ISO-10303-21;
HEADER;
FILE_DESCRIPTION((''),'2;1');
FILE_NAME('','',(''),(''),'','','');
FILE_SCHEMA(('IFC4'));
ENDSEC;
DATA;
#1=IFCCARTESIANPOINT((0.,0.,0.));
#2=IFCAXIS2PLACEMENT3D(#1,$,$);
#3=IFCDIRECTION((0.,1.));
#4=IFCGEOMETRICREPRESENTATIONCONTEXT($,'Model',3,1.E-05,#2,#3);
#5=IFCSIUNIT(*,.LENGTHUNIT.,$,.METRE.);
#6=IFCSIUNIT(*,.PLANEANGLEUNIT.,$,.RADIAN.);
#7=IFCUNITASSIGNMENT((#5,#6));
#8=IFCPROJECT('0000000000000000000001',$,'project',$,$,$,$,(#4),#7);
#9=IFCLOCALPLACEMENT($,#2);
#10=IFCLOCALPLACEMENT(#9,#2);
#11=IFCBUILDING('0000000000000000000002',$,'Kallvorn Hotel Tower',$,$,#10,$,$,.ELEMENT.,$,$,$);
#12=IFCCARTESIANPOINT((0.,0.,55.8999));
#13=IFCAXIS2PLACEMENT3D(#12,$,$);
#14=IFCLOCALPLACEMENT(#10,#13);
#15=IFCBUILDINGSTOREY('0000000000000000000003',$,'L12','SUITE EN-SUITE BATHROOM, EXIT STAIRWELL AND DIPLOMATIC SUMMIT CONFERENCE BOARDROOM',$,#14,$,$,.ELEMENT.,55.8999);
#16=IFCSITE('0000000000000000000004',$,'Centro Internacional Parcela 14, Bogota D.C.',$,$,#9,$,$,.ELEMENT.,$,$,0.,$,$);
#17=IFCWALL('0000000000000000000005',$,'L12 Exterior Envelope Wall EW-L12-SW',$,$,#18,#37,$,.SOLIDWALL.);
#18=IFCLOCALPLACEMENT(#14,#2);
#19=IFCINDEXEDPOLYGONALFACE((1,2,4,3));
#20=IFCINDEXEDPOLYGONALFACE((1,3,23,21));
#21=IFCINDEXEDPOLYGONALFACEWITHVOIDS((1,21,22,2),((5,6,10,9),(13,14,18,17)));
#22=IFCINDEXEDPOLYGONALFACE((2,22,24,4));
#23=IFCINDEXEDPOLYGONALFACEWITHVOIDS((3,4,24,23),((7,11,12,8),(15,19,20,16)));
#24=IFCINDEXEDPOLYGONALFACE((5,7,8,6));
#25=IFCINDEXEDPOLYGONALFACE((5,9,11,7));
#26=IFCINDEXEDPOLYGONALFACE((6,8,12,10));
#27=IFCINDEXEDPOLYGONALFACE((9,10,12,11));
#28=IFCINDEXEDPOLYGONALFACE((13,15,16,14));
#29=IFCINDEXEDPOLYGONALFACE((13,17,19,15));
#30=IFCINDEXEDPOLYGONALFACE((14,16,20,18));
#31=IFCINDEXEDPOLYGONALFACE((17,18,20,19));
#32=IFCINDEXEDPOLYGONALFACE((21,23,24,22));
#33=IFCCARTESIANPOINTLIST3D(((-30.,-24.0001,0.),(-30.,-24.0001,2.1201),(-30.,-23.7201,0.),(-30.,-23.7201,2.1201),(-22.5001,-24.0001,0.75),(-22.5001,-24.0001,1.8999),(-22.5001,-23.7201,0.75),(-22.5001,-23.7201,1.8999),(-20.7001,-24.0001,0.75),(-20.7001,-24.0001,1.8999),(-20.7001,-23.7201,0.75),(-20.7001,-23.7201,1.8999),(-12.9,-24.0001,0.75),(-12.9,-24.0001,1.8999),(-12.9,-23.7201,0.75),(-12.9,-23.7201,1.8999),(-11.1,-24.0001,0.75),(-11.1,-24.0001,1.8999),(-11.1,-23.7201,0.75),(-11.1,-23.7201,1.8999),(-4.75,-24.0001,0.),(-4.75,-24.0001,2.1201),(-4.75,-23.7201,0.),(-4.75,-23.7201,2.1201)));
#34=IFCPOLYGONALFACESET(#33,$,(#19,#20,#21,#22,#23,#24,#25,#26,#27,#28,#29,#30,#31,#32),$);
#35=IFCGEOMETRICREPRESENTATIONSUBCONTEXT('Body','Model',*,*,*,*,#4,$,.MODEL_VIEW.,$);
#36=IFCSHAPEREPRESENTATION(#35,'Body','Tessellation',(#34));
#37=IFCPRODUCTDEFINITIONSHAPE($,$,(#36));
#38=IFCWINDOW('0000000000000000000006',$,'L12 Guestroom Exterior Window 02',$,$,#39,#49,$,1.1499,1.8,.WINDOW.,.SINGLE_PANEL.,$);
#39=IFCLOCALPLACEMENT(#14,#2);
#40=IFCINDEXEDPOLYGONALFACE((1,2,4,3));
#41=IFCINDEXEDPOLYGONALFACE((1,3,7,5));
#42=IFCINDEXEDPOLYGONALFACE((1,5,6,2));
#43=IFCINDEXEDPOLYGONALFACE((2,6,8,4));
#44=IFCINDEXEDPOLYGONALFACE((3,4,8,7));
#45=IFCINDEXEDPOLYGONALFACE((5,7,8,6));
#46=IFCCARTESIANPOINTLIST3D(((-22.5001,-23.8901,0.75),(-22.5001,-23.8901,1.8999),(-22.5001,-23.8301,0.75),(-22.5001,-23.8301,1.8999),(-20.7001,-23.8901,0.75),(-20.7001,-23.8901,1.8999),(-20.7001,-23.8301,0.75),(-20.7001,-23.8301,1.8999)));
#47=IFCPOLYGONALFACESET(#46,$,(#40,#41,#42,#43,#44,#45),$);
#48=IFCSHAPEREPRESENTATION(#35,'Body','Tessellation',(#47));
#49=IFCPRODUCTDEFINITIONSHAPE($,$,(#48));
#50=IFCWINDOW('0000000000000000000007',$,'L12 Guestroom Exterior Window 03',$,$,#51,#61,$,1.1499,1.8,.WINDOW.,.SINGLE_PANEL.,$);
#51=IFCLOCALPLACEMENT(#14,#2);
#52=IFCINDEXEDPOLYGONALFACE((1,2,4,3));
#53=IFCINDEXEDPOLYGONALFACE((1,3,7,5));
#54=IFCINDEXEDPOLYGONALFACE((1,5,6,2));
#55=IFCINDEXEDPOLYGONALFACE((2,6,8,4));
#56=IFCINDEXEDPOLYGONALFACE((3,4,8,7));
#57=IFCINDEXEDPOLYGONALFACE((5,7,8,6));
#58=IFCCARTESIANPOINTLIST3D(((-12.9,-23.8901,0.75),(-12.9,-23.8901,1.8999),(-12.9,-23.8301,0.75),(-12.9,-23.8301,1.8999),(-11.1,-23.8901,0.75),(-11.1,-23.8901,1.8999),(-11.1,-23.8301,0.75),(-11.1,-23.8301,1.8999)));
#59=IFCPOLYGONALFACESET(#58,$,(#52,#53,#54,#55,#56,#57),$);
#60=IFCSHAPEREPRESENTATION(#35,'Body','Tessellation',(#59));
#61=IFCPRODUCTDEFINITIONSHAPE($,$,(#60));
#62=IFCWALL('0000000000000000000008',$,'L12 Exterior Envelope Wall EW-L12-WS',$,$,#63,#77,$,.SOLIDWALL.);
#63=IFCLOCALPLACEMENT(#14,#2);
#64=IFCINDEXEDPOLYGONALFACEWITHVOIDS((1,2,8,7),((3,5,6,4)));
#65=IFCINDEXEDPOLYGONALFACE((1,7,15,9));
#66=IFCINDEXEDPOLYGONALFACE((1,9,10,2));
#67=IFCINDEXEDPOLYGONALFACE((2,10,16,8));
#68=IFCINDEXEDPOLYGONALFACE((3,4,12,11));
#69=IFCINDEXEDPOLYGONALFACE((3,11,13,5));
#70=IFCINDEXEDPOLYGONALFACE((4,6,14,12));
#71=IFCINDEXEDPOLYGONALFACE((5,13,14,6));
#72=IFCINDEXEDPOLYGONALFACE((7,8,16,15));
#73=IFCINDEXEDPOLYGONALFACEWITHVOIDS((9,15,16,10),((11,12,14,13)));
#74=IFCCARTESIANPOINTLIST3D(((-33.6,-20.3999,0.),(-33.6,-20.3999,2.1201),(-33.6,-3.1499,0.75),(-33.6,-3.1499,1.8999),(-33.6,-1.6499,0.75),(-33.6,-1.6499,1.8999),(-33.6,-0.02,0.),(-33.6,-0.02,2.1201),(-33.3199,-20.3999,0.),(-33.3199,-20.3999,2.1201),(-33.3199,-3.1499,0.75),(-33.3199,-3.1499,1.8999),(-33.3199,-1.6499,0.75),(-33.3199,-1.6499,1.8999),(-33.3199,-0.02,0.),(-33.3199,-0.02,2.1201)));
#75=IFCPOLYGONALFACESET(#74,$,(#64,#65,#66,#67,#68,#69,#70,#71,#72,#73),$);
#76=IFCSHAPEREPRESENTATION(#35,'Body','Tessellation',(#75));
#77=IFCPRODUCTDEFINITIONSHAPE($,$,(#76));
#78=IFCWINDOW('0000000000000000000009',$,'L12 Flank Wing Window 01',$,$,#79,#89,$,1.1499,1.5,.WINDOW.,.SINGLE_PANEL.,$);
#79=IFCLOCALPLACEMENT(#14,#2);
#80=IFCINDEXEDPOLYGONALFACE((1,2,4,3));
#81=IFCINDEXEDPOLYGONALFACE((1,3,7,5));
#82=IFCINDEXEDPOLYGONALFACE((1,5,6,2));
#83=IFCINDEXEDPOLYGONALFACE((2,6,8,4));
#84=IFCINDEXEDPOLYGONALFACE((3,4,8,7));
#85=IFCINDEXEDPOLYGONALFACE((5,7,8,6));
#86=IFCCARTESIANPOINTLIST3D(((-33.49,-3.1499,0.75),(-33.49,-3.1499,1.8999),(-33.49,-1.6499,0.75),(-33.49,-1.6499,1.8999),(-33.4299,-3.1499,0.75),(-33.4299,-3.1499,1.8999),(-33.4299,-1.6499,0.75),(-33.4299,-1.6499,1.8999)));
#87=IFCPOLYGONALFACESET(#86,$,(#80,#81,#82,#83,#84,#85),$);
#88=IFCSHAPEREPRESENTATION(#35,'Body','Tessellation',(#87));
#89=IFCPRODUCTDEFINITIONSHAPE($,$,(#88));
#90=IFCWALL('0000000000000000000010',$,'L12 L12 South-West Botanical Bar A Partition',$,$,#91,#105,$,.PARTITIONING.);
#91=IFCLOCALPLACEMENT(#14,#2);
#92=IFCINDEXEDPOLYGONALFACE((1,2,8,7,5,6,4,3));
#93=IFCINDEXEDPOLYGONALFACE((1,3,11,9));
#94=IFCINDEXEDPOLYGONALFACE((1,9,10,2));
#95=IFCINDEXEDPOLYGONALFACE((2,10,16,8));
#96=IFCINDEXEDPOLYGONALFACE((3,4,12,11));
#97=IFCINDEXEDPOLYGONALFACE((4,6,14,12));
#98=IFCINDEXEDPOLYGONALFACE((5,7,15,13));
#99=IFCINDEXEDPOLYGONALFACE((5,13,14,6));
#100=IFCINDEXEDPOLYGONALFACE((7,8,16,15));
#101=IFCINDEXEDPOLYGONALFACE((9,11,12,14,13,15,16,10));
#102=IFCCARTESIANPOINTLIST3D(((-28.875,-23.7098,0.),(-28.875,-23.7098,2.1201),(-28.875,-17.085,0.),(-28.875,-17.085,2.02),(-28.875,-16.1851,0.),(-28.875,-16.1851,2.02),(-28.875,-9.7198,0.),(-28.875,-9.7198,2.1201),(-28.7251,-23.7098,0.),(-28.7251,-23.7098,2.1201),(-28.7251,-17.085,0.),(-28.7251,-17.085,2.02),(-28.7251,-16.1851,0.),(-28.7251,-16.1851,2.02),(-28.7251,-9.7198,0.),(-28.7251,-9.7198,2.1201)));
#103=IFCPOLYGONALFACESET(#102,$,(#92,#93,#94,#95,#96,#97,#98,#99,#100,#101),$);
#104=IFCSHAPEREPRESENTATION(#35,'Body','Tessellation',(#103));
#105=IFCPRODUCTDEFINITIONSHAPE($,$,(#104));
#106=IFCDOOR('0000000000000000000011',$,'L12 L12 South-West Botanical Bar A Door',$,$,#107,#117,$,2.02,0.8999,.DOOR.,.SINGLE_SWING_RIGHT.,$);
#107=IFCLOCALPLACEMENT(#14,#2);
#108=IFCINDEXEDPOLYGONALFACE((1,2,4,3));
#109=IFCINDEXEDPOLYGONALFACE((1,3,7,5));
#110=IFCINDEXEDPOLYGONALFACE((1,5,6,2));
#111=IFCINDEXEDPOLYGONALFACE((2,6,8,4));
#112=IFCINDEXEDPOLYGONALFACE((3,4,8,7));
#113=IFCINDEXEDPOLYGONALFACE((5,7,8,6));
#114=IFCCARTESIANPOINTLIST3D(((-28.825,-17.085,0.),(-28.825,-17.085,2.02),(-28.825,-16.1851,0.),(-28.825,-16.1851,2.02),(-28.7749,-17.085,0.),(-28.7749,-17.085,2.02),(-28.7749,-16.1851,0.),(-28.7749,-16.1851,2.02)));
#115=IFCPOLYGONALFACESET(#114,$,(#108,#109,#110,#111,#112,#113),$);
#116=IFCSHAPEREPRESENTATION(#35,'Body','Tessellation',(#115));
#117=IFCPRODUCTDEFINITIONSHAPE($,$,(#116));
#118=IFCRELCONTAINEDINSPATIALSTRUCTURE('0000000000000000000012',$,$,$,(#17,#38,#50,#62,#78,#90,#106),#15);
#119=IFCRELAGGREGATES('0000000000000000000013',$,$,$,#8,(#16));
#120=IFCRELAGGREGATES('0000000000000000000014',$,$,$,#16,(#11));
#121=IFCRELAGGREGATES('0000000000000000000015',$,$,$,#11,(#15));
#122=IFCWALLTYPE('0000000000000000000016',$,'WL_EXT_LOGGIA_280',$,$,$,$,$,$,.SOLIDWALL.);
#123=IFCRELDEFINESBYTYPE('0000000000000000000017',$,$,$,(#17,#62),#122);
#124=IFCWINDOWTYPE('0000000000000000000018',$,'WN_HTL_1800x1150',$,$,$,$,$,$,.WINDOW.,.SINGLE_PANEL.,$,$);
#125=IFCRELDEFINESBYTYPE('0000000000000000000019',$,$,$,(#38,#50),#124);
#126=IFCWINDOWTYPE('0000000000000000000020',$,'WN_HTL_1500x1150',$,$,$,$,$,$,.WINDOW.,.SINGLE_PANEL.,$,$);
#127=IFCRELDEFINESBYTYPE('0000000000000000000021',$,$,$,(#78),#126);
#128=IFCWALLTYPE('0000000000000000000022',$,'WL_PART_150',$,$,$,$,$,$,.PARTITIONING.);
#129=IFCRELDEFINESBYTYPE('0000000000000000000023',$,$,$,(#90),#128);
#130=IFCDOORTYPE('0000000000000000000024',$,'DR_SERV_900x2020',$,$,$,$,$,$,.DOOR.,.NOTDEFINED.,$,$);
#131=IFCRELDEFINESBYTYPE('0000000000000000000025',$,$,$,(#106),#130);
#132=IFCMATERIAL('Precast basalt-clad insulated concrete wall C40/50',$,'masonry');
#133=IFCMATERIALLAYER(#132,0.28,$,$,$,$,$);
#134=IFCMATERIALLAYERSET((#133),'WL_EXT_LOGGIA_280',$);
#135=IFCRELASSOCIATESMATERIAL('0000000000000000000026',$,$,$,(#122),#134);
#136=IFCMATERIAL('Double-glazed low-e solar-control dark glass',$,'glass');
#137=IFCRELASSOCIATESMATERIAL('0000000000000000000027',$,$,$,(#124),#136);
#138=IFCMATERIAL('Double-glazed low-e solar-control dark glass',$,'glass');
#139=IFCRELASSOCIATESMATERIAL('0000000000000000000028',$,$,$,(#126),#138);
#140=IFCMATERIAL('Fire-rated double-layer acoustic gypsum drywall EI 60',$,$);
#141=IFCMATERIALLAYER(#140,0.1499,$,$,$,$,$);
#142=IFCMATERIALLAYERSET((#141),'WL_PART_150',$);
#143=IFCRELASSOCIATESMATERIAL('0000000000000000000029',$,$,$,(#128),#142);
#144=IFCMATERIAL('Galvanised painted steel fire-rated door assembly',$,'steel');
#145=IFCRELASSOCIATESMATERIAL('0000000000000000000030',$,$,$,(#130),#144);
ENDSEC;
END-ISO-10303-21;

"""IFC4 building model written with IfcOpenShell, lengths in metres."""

from ifc_helpers import new_model, si_unit, direction, frame, frame_2d, origin, place, context, subcontext, project, spatial, rectangle, extrude, material, layer, layer_set, type_object, element, fill, save


model = new_model("IFC4")

# Units and contexts
model_context = context("Model", 3, precision=1e-05, world=origin(), true_north=direction((0.0, 1.0)))
body_context = subcontext(model_context, "Body", "Model", "MODEL_VIEW")
ifc_project = project(units=[si_unit("LENGTHUNIT", "METRE"), si_unit("PLANEANGLEUNIT", "RADIAN")], contexts=[model_context])

# Site, building, storey
site_placement = place(None, origin())
site = spatial("IfcSite", under=ifc_project, at=site_placement, Name="Centro Internacional Parcela 14, Bogota D.C.", CompositionType="ELEMENT", RefElevation=0.0)
building_placement = place(site_placement, origin())
building = spatial("IfcBuilding", under=site, at=building_placement, Name="Kallvorn Hotel Tower", CompositionType="ELEMENT")
storey_placement = place(building_placement, frame((0.0, 0.0, 55.8999)))
storey = spatial("IfcBuildingStorey", under=building, at=storey_placement, Name="L12", Description="SUITE EN-SUITE BATHROOM, EXIT STAIRWELL AND DIPLOMATIC SUMMIT CONFERENCE BOARDROOM", CompositionType="ELEMENT", Elevation=55.8999)

# Shared definitions
ifc_material_1 = material(Name="Precast basalt-clad insulated concrete wall C40/50", Category="masonry")
ifc_layer_1 = layer(ifc_material_1, 0.28)
ifc_layer_set_1 = layer_set([ifc_layer_1], Name="WL_EXT_LOGGIA_280")
wall_type_1 = type_object("IfcWallType", Name="WL_EXT_LOGGIA_280", PredefinedType="SOLIDWALL", material=ifc_layer_set_1)

# Wall, openings, windows
wall_1_placement = place(storey_placement, frame((-30.0, -23.8601, 0.0), z_axis=(0.0, 0.0, 1.0), x_axis=(1.0, 0.0, 0.0)))
wall_1 = element("IfcWall", 1, at=wall_1_placement, inside=storey, type_object=wall_type_1, Name="L12 Exterior Envelope Wall EW-L12-SW", PredefinedType="SOLIDWALL", context=body_context, shape_type="SweptSolid", body=[
    extrude(rectangle(XDim=25.25, YDim=0.28, at=frame_2d((12.625, 0.0))), origin(), (0.0, 0.0, 1.0), 2.1201),
])
opening_1_placement = place(wall_1_placement, frame((7.5, 0.0, 0.75)))
opening_1 = element("IfcOpeningElement", 2, at=opening_1_placement, cuts=wall_1, PredefinedType="OPENING", context=body_context, shape_type="SweptSolid", body=[
    extrude(rectangle(XDim=1.8, YDim=1.1499, at=frame_2d((0.8999, 0.575))), frame((0.0, 0.155, 0.0), z_axis=(0.0, -1.0, 0.0), x_axis=(1.0, 0.0, 0.0)), (0.0, 0.0, 1.0), 0.3101),
])
opening_2_placement = place(wall_1_placement, frame((17.1001, 0.0, 0.75)))
opening_2 = element("IfcOpeningElement", 3, at=opening_2_placement, cuts=wall_1, PredefinedType="OPENING", context=body_context, shape_type="SweptSolid", body=[
    extrude(rectangle(XDim=1.8, YDim=1.1499, at=frame_2d((0.8999, 0.575))), frame((0.0, 0.155, 0.0), z_axis=(0.0, -1.0, 0.0), x_axis=(1.0, 0.0, 0.0)), (0.0, 0.0, 1.0), 0.3101),
])
ifc_material_2 = material(Name="Double-glazed low-e solar-control dark glass", Category="glass")
window_type_1 = type_object("IfcWindowType", Name="WN_HTL_1800x1150", PartitioningType="SINGLE_PANEL", PredefinedType="WINDOW", material=ifc_material_2)
window_1_placement = place(opening_1_placement, origin())
window_1 = element("IfcWindow", 4, at=window_1_placement, inside=storey, type_object=window_type_1, Name="L12 Guestroom Exterior Window 02", OverallHeight=1.1499, OverallWidth=1.8, PartitioningType="SINGLE_PANEL", PredefinedType="WINDOW", context=body_context, shape_type="SweptSolid", body=[
    extrude(rectangle(XDim=1.8, YDim=1.1499, at=frame_2d((0.8999, 0.575))), frame((0.0, 0.03, 0.0), z_axis=(0.0, -1.0, 0.0), x_axis=(1.0, 0.0, 0.0)), (0.0, 0.0, 1.0), 0.0601),
])
fill(opening_1, window_1)
window_2_placement = place(opening_2_placement, origin())
window_2 = element("IfcWindow", 5, at=window_2_placement, inside=storey, type_object=window_type_1, Name="L12 Guestroom Exterior Window 03", OverallHeight=1.1499, OverallWidth=1.8, PartitioningType="SINGLE_PANEL", PredefinedType="WINDOW", context=body_context, shape_type="SweptSolid", body=[
    extrude(rectangle(XDim=1.8, YDim=1.1499, at=frame_2d((0.8999, 0.575))), frame((0.0, 0.03, 0.0), z_axis=(0.0, -1.0, 0.0), x_axis=(1.0, 0.0, 0.0)), (0.0, 0.0, 1.0), 0.0601),
])
fill(opening_2, window_2)

# Wall, opening, window
wall_2_placement = place(storey_placement, frame((-33.46, -20.3999, 0.0), z_axis=(0.0, 0.0, 1.0), x_axis=(0.0, 1.0, 0.0)))
wall_2 = element("IfcWall", 6, at=wall_2_placement, inside=storey, type_object=wall_type_1, Name="L12 Exterior Envelope Wall EW-L12-WS", PredefinedType="SOLIDWALL", context=body_context, shape_type="SweptSolid", body=[
    extrude(rectangle(XDim=20.3799, YDim=0.28, at=frame_2d((10.1899, 0.0))), origin(), (0.0, 0.0, 1.0), 2.1201),
])
opening_3_placement = place(wall_2_placement, frame((17.25, 0.0, 0.75)))
opening_3 = element("IfcOpeningElement", 7, at=opening_3_placement, cuts=wall_2, PredefinedType="OPENING", context=body_context, shape_type="SweptSolid", body=[
    extrude(rectangle(XDim=1.5, YDim=1.1499, at=frame_2d((0.75, 0.575))), frame((0.0, 0.155, 0.0), z_axis=(0.0, -1.0, 0.0), x_axis=(1.0, 0.0, 0.0)), (0.0, 0.0, 1.0), 0.3101),
])
ifc_material_3 = material(Name="Double-glazed low-e solar-control dark glass", Category="glass")
window_type_2 = type_object("IfcWindowType", Name="WN_HTL_1500x1150", PartitioningType="SINGLE_PANEL", PredefinedType="WINDOW", material=ifc_material_3)
window_3_placement = place(opening_3_placement, origin())
window_3 = element("IfcWindow", 8, at=window_3_placement, inside=storey, type_object=window_type_2, Name="L12 Flank Wing Window 01", OverallHeight=1.1499, OverallWidth=1.5, PartitioningType="SINGLE_PANEL", PredefinedType="WINDOW", context=body_context, shape_type="SweptSolid", body=[
    extrude(rectangle(XDim=1.5, YDim=1.1499, at=frame_2d((0.75, 0.575))), frame((0.0, 0.03, 0.0), z_axis=(0.0, -1.0, 0.0), x_axis=(1.0, 0.0, 0.0)), (0.0, 0.0, 1.0), 0.0601),
])
fill(opening_3, window_3)

# Wall, opening, door
ifc_material_4 = material(Name="Fire-rated double-layer acoustic gypsum drywall EI 60")
ifc_layer_2 = layer(ifc_material_4, 0.1499)
ifc_layer_set_2 = layer_set([ifc_layer_2], Name="WL_PART_150")
wall_type_2 = type_object("IfcWallType", Name="WL_PART_150", PredefinedType="PARTITIONING", material=ifc_layer_set_2)
wall_3_placement = place(storey_placement, frame((-28.8, -23.71, 0.0), z_axis=(0.0, 0.0, 1.0), x_axis=(0.0, 1.0, 0.0)))
wall_3 = element("IfcWall", 9, at=wall_3_placement, inside=storey, type_object=wall_type_2, Name="L12 L12 South-West Botanical Bar A Partition", PredefinedType="PARTITIONING", context=body_context, shape_type="SweptSolid", body=[
    extrude(rectangle(XDim=13.99, YDim=0.1499, at=frame_2d((6.9951, 0.0))), origin(), (0.0, 0.0, 1.0), 2.1201),
])
opening_4_placement = place(wall_3_placement, frame((6.625, 0.0, 0.0)))
opening_4 = element("IfcOpeningElement", 10, at=opening_4_placement, cuts=wall_3, PredefinedType="OPENING", context=body_context, shape_type="SweptSolid", body=[
    extrude(rectangle(XDim=0.8999, YDim=2.02, at=frame_2d((0.45, 1.01))), frame((0.0, 0.0898, 0.0), z_axis=(0.0, -1.0, 0.0), x_axis=(1.0, 0.0, 0.0)), (0.0, 0.0, 1.0), 0.1799),
])
ifc_material_5 = material(Name="Galvanised painted steel fire-rated door assembly", Category="steel")
door_type = type_object("IfcDoorType", Name="DR_SERV_900x2020", OperationType="NOTDEFINED", PredefinedType="DOOR", material=ifc_material_5)
door_placement = place(opening_4_placement, origin())
door = element("IfcDoor", 11, at=door_placement, inside=storey, type_object=door_type, Name="L12 L12 South-West Botanical Bar A Door", OperationType="SINGLE_SWING_RIGHT", OverallHeight=2.02, OverallWidth=0.8999, PredefinedType="DOOR", context=body_context, shape_type="SweptSolid", body=[
    extrude(rectangle(XDim=0.8999, YDim=2.02, at=frame_2d((0.45, 1.01))), frame((0.0, 0.0249, 0.0), z_axis=(0.0, -1.0, 0.0), x_axis=(1.0, 0.0, 0.0)), (0.0, 0.0, 1.0), 0.05),
])
fill(opening_4, door)

save(model, "model.ifc")
